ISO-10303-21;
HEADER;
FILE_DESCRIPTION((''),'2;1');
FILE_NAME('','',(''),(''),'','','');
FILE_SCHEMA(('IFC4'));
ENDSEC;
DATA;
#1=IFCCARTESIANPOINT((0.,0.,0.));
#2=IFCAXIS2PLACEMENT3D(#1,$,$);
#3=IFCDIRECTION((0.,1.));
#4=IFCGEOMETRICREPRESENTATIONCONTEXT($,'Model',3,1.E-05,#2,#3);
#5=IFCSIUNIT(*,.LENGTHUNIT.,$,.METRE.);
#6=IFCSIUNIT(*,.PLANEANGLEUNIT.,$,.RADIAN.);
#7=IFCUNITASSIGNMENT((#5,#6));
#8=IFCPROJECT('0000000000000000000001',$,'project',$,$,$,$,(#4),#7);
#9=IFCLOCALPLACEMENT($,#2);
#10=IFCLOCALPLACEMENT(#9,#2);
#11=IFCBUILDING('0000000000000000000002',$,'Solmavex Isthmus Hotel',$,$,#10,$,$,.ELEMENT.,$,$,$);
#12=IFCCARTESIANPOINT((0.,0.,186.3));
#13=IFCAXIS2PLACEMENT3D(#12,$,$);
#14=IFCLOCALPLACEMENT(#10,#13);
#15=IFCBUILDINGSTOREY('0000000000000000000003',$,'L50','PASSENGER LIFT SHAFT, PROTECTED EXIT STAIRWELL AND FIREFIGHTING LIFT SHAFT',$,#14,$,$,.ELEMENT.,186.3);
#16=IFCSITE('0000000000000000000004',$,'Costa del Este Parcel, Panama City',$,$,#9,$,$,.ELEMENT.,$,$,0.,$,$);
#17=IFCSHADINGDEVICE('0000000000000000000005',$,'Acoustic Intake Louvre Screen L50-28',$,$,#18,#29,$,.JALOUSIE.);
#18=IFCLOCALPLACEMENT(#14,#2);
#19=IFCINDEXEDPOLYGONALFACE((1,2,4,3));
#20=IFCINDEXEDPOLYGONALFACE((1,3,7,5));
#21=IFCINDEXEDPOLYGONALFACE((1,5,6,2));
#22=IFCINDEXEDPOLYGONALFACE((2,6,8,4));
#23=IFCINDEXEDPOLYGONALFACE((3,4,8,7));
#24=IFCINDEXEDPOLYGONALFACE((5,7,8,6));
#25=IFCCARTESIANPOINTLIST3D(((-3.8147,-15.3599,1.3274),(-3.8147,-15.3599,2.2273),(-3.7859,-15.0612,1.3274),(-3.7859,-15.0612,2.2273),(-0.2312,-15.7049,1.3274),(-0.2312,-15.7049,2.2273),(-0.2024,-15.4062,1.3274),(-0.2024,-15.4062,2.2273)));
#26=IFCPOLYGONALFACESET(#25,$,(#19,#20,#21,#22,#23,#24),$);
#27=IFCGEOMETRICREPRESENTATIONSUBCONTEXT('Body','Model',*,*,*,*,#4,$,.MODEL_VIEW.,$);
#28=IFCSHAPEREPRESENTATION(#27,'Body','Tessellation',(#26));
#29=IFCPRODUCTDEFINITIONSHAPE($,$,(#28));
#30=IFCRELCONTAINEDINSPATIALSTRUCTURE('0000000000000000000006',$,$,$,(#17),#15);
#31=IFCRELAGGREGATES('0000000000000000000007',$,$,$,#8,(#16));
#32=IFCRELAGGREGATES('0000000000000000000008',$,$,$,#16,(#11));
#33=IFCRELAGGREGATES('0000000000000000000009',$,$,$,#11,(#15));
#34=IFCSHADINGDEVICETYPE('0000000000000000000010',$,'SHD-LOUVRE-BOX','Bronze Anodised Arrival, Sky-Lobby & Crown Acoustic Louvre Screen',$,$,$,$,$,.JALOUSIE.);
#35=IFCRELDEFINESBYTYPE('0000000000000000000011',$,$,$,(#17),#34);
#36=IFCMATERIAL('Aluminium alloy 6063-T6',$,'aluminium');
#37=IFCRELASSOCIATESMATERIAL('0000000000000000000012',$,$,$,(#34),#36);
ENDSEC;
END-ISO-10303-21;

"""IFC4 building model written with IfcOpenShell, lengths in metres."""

from ifc_helpers import new_model, si_unit, direction, frame, origin, origin_2d, place, context, subcontext, project, spatial, rectangle, extrude, material, type_object, element, save


model = new_model("IFC4")

# Units and contexts
model_context = context("Model", 3, precision=1e-05, world=origin(), true_north=direction((0.0, 1.0)))
body_context = subcontext(model_context, "Body", "Model", "MODEL_VIEW")
ifc_project = project(units=[si_unit("LENGTHUNIT", "METRE"), si_unit("PLANEANGLEUNIT", "RADIAN")], contexts=[model_context])

# Site, building, storey
site_placement = place(None, origin())
site = spatial("IfcSite", under=ifc_project, at=site_placement, Name="Costa del Este Parcel, Panama City", CompositionType="ELEMENT", RefElevation=0.0)
building_placement = place(site_placement, origin())
building = spatial("IfcBuilding", under=site, at=building_placement, Name="Solmavex Isthmus Hotel", CompositionType="ELEMENT")
storey_placement = place(building_placement, frame((0.0, 0.0, 186.3)))
storey = spatial("IfcBuildingStorey", under=building, at=storey_placement, Name="L50", Description="PASSENGER LIFT SHAFT, PROTECTED EXIT STAIRWELL AND FIREFIGHTING LIFT SHAFT", CompositionType="ELEMENT", Elevation=186.3)

# Shading device
ifc_material_1 = material(Name="Aluminium alloy 6063-T6", Category="aluminium")
shading_device_type = type_object("IfcShadingDeviceType", Name="SHD-LOUVRE-BOX", Description="Bronze Anodised Arrival, Sky-Lobby & Crown Acoustic Louvre Screen", PredefinedType="JALOUSIE", material=ifc_material_1)
shading_device_placement = place(storey_placement, frame((-2.0085, -15.3831, 1.3274), z_axis=(0.0, 0.0, 1.0), x_axis=(-0.995396, 0.095846, 0.0)))
element("IfcShadingDevice", 1, at=shading_device_placement, inside=storey, type_object=shading_device_type, Name="Acoustic Intake Louvre Screen L50-28", PredefinedType="JALOUSIE", context=body_context, shape_type="SweptSolid", body=[
    extrude(rectangle(XDim=3.6001, YDim=0.3, at=origin_2d()), origin(), (0.0, 0.0, 1.0), 0.8999),
])

save(model, "model.ifc")
